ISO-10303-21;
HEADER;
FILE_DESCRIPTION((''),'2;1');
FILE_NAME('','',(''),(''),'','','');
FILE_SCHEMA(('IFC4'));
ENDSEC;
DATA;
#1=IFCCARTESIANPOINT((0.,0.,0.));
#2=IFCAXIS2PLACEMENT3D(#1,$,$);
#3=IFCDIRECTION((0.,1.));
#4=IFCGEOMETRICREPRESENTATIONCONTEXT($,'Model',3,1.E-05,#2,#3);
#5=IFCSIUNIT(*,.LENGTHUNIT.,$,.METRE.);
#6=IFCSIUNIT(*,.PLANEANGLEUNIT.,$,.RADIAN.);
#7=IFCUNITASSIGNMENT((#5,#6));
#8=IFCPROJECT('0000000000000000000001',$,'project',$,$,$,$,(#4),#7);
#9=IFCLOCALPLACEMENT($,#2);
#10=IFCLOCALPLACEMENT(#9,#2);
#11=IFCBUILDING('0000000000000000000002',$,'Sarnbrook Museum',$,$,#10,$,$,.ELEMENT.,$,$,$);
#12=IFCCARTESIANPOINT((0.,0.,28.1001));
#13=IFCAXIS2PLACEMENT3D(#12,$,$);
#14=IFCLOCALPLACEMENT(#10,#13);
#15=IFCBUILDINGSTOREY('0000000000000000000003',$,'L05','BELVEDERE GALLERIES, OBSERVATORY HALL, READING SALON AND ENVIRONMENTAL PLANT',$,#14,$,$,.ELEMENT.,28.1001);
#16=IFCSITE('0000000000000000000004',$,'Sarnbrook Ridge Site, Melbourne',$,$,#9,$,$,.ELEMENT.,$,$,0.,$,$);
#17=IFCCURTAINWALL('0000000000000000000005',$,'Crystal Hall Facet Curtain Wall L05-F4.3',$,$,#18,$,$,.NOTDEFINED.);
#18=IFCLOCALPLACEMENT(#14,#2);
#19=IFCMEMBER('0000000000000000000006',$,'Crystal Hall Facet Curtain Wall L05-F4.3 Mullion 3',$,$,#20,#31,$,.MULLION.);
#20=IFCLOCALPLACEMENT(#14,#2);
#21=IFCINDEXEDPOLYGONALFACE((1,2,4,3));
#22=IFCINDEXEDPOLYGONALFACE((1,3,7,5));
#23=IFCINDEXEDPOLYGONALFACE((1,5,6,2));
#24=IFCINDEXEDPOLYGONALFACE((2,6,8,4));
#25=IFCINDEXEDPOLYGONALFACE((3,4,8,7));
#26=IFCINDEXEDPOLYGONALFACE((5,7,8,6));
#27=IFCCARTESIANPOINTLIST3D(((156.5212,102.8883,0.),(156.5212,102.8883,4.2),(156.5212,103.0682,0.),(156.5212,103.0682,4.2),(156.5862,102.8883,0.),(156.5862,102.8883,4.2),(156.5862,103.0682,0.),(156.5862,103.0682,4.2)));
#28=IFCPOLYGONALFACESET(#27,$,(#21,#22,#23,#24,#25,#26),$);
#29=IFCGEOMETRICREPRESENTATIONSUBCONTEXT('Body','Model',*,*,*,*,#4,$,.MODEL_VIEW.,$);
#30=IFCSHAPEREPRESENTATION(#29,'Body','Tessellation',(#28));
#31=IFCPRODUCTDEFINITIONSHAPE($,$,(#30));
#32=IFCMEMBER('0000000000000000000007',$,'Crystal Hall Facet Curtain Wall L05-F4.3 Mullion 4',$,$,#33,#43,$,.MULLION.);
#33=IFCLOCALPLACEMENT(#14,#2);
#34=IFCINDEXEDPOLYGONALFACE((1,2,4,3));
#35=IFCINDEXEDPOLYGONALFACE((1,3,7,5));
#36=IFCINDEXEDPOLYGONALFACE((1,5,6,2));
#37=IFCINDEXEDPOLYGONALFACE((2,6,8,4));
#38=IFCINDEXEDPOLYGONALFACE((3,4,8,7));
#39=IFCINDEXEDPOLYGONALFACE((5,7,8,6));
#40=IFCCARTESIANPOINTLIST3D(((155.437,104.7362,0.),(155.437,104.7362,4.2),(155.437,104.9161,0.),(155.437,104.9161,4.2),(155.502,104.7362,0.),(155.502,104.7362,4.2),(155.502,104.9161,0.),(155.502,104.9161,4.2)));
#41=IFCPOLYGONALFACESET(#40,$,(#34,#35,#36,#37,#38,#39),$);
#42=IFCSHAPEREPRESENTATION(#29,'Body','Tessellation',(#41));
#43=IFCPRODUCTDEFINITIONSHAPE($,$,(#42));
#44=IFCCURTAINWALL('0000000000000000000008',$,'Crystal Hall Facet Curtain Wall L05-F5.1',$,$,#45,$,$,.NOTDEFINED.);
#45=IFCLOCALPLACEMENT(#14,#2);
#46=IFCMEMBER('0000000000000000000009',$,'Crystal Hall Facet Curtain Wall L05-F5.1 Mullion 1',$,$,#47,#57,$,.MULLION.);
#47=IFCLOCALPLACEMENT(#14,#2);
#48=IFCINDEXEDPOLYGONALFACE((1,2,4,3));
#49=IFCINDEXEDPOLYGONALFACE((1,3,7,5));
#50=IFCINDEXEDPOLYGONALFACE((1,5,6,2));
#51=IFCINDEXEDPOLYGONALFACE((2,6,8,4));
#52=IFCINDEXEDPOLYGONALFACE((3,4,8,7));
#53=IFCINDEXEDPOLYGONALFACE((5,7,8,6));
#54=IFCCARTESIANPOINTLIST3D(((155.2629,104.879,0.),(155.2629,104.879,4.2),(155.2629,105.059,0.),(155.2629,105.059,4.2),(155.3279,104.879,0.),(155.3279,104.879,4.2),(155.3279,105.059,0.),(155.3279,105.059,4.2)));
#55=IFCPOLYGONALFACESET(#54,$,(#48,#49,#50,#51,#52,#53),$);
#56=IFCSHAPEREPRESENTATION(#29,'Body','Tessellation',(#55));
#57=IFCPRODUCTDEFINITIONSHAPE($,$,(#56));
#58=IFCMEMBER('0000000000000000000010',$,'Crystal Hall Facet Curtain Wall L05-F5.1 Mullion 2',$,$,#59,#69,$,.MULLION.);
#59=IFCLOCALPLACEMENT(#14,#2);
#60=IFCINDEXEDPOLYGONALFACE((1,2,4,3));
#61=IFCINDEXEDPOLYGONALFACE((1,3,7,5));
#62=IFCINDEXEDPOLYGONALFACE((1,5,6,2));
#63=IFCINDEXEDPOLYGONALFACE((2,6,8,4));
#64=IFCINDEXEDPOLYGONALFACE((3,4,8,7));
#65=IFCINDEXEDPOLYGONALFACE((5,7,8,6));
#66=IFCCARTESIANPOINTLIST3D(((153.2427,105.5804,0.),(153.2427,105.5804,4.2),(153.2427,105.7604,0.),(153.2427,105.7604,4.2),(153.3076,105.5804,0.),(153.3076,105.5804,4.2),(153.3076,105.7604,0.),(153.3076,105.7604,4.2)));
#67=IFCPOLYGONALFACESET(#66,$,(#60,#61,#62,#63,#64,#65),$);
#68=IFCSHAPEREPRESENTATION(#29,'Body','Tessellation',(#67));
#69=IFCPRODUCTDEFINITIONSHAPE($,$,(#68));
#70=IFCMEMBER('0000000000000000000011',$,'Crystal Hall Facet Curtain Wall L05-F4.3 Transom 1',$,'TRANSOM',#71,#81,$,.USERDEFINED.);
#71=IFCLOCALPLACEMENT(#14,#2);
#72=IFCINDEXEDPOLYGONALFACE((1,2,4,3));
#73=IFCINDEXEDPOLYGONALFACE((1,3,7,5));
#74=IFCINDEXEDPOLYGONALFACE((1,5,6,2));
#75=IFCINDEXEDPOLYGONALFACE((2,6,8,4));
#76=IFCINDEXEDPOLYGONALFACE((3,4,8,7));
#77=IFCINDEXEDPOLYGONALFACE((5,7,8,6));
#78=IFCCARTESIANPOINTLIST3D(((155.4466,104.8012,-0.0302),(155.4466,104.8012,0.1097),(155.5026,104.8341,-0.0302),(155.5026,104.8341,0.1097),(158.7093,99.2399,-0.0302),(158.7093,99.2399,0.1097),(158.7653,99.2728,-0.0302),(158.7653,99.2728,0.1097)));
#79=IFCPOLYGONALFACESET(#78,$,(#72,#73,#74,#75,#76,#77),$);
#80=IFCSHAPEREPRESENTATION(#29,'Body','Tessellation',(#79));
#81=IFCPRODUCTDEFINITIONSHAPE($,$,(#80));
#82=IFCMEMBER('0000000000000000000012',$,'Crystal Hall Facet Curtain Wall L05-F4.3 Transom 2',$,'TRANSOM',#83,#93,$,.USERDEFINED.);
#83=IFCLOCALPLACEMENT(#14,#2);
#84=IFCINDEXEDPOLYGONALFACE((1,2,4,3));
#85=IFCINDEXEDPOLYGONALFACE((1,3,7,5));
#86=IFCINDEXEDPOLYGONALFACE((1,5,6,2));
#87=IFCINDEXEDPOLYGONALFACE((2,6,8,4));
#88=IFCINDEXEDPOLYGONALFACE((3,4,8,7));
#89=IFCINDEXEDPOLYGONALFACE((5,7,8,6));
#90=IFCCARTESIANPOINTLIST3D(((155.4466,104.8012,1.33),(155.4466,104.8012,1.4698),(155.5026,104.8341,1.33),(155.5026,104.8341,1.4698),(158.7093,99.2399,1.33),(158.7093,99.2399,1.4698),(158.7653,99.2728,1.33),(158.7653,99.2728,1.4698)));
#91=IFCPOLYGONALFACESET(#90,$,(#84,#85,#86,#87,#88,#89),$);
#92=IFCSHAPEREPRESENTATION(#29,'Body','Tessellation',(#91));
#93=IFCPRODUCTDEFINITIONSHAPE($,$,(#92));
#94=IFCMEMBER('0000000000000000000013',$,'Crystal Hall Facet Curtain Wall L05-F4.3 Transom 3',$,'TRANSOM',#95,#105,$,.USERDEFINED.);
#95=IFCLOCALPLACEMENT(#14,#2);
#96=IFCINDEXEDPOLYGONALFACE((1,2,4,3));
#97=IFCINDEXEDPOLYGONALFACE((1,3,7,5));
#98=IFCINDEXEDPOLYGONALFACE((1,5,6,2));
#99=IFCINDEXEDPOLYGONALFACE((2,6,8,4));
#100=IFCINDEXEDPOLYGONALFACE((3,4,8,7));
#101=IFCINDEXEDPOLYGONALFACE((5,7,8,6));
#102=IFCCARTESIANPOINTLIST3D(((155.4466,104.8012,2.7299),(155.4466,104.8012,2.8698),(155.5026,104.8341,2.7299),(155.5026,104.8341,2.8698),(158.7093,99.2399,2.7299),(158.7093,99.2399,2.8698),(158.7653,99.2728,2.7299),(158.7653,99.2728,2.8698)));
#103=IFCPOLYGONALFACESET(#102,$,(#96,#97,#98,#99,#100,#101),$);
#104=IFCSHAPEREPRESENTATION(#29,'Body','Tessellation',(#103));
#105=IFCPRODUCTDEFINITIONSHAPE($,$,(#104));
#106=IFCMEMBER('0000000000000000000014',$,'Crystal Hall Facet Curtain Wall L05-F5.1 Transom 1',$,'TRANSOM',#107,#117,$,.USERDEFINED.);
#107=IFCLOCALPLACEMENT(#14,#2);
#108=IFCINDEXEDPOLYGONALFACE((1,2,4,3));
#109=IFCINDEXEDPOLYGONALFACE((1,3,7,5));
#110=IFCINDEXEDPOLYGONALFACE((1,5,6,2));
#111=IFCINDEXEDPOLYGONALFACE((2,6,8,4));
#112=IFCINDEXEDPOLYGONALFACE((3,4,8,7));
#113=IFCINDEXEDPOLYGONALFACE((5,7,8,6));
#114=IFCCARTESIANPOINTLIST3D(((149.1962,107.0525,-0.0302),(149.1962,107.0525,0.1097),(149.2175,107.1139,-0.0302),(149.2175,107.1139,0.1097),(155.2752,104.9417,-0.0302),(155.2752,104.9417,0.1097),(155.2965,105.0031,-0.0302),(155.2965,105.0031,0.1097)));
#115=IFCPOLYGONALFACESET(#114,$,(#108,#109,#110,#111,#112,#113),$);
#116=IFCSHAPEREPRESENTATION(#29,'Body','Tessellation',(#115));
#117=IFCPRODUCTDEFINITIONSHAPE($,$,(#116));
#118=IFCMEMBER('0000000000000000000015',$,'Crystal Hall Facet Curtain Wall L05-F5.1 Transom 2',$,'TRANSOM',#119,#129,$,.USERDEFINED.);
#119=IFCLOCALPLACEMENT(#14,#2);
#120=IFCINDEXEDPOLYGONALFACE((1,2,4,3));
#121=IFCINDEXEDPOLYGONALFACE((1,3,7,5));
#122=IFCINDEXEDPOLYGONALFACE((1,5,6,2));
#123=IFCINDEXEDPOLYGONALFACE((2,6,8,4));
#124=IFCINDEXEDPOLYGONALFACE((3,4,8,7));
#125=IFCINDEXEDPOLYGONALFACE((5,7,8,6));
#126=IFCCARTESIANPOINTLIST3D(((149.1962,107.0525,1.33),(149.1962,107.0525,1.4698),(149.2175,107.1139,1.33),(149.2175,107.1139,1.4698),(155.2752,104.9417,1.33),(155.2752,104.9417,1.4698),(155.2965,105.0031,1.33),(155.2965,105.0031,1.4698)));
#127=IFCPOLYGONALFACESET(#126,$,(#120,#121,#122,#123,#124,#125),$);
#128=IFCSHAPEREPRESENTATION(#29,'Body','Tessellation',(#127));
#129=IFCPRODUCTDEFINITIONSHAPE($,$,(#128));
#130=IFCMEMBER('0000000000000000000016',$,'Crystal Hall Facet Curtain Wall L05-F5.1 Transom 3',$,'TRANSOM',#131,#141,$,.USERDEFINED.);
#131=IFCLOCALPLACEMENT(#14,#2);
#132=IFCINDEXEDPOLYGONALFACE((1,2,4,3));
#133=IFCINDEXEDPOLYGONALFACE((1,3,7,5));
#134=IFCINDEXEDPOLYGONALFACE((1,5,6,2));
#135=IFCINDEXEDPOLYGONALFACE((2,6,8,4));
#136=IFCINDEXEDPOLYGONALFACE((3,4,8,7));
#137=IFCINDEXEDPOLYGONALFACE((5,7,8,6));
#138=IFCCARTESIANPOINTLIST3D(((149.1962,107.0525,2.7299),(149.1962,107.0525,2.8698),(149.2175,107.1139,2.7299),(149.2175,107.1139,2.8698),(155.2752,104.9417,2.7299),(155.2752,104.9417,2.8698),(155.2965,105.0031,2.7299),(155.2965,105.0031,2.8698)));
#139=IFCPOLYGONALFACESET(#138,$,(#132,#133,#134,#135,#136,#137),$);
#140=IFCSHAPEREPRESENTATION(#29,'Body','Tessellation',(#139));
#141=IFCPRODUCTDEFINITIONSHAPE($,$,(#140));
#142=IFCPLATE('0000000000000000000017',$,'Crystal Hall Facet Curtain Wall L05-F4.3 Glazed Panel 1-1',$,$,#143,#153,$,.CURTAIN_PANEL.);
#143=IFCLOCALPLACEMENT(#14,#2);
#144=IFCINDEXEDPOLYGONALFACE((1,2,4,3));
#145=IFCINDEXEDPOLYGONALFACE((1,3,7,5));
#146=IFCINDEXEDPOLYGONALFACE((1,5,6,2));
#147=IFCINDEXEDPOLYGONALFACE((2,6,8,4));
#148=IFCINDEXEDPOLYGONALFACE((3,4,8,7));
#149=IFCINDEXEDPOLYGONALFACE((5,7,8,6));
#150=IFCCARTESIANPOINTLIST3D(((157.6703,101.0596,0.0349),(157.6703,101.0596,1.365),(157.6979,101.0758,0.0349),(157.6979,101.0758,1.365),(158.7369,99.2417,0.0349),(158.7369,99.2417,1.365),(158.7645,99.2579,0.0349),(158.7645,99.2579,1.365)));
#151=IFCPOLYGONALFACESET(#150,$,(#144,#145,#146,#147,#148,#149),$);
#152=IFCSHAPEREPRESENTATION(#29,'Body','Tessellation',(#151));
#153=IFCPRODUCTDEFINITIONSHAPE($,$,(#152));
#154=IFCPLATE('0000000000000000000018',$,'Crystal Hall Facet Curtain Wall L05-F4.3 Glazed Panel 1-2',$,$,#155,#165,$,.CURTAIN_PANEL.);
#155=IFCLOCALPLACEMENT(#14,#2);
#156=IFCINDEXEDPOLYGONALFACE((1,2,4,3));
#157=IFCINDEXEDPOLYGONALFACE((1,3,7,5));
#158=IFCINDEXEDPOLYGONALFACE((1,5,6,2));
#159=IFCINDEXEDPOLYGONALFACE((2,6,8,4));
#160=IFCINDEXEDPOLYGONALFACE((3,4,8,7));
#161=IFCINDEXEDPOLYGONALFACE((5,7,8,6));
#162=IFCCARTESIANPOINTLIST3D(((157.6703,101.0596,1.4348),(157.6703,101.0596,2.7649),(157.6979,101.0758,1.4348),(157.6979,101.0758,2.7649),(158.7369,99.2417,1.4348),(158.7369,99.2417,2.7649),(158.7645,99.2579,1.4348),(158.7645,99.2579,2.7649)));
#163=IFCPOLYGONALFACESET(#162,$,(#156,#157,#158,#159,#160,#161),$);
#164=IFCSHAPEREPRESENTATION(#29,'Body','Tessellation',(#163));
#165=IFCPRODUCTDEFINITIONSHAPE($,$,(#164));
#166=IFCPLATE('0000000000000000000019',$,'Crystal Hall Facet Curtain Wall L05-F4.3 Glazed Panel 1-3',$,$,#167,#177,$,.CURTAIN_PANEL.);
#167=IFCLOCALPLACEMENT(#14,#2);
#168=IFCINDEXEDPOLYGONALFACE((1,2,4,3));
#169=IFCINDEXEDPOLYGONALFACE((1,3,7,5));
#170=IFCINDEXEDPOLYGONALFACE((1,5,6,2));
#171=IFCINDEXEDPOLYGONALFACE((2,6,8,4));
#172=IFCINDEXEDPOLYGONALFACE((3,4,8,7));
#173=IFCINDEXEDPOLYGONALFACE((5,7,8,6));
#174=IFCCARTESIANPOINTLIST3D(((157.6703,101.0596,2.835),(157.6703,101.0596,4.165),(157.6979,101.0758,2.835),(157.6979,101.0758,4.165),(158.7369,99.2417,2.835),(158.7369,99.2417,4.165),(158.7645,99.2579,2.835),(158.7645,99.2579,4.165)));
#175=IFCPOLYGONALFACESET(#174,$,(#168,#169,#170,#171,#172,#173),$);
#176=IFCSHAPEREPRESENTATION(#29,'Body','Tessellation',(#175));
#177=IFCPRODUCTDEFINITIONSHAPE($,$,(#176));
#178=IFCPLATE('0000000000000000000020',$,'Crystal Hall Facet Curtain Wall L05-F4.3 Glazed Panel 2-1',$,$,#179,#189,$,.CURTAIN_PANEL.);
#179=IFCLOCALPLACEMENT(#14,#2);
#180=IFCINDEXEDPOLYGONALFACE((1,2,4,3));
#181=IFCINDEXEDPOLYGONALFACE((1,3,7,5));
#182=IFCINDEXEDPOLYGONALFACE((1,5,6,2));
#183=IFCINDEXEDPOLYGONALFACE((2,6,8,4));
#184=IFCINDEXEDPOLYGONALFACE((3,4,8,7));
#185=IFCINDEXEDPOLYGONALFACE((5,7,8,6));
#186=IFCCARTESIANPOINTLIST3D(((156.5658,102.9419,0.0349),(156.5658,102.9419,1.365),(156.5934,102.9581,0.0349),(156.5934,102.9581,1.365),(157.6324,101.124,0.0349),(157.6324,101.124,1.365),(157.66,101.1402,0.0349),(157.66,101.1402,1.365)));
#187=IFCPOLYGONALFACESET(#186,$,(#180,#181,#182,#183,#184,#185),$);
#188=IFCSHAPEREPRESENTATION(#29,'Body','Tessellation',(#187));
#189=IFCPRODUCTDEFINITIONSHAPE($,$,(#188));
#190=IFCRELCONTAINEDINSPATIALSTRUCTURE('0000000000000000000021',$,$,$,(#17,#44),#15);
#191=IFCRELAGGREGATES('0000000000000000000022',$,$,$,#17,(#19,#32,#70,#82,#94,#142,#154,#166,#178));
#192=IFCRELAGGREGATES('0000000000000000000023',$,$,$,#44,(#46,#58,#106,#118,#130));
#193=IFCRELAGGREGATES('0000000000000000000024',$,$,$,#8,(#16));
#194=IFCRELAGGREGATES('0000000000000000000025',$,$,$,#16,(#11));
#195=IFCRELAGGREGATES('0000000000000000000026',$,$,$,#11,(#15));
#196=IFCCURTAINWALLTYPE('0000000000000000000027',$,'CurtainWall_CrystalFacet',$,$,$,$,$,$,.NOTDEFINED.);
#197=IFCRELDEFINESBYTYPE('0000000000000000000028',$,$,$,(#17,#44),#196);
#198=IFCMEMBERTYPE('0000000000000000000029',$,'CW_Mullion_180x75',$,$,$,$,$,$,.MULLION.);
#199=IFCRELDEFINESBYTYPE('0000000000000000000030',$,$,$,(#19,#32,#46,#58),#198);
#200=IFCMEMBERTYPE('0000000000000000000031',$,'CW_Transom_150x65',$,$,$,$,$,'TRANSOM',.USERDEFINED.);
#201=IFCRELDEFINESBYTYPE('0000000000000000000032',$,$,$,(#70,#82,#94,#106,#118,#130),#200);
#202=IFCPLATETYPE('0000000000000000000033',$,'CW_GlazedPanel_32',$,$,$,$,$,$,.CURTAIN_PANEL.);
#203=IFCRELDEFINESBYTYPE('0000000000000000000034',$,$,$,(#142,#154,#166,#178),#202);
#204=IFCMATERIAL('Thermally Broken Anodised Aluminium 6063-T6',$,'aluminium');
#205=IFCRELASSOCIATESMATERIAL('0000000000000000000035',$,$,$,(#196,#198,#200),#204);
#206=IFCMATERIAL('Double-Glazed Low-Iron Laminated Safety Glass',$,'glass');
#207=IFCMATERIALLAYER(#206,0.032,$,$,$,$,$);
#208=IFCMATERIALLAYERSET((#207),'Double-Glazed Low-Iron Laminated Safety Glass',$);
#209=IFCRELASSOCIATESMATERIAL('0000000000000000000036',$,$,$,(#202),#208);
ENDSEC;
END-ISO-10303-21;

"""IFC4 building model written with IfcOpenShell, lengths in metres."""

from ifc_helpers import new_model, si_unit, direction, frame, origin, origin_2d, place, context, subcontext, project, spatial, rectangle, extrude, material, layer, layer_set, material_profile, profile_set, type_object, element, aggregate, save


model = new_model("IFC4")

# Units and contexts
model_context = context("Model", 3, precision=1e-05, world=origin(), true_north=direction((0.0, 1.0)))
body_context = subcontext(model_context, "Body", "Model", "MODEL_VIEW")
ifc_project = project(units=[si_unit("LENGTHUNIT", "METRE"), si_unit("PLANEANGLEUNIT", "RADIAN")], contexts=[model_context])

# Site, building, storey
site_placement = place(None, origin())
site = spatial("IfcSite", under=ifc_project, at=site_placement, Name="Sarnbrook Ridge Site, Melbourne", CompositionType="ELEMENT", RefElevation=0.0)
building_placement = place(site_placement, origin())
building = spatial("IfcBuilding", under=site, at=building_placement, Name="Sarnbrook Museum", CompositionType="ELEMENT")
storey_placement = place(building_placement, frame((0.0, 0.0, 28.1001)))
storey = spatial("IfcBuildingStorey", under=building, at=storey_placement, Name="L05", Description="BELVEDERE GALLERIES, OBSERVATORY HALL, READING SALON AND ENVIRONMENTAL PLANT", CompositionType="ELEMENT", Elevation=28.1001)

# Curtain walls, members
ifc_material_1 = material(Name="Thermally Broken Anodised Aluminium 6063-T6", Category="aluminium")
curtain_wall_type = type_object("IfcCurtainWallType", Name="CurtainWall_CrystalFacet", PredefinedType="NOTDEFINED", material=ifc_material_1)
curtain_wall_1_placement = place(storey_placement, origin())
curtain_wall_1 = element("IfcCurtainWall", 1, at=curtain_wall_1_placement, inside=storey, type_object=curtain_wall_type, Name="Crystal Hall Facet Curtain Wall L05-F4.3", PredefinedType="NOTDEFINED")
ifc_material_profile_1 = material_profile(ifc_material_1, rectangle(XDim=0.0649, YDim=0.1799, at=origin_2d()), Name="ALU MULLION 65x180")
ifc_profile_set_1 = profile_set([ifc_material_profile_1], Name="Thermally Broken Anodised Aluminium 6063-T6")
member_type_1 = type_object("IfcMemberType", Name="CW_Mullion_180x75", PredefinedType="MULLION", material=ifc_profile_set_1)
member_1_placement = place(storey_placement, frame((156.5537, 102.9783, 0.0), z_axis=(0.0, 0.0, 1.0), x_axis=(1.0, 0.0, 0.0)))
member_1 = element("IfcMember", 2, at=member_1_placement, type_object=member_type_1, Name="Crystal Hall Facet Curtain Wall L05-F4.3 Mullion 3", PredefinedType="MULLION", context=body_context, shape_type="SweptSolid", body=[
    extrude(rectangle(XDim=0.0649, YDim=0.1799, at=origin_2d()), origin(), (0.0, 0.0, 1.0), 4.2),
])
member_2_placement = place(storey_placement, frame((155.4695, 104.8262, 0.0), z_axis=(0.0, 0.0, 1.0), x_axis=(1.0, 0.0, 0.0)))
member_2 = element("IfcMember", 3, at=member_2_placement, type_object=member_type_1, Name="Crystal Hall Facet Curtain Wall L05-F4.3 Mullion 4", PredefinedType="MULLION", context=body_context, shape_type="SweptSolid", body=[
    extrude(rectangle(XDim=0.0649, YDim=0.1799, at=origin_2d()), origin(), (0.0, 0.0, 1.0), 4.2),
])
curtain_wall_2_placement = place(storey_placement, origin())
curtain_wall_2 = element("IfcCurtainWall", 4, at=curtain_wall_2_placement, inside=storey, type_object=curtain_wall_type, Name="Crystal Hall Facet Curtain Wall L05-F5.1", PredefinedType="NOTDEFINED")
member_3_placement = place(storey_placement, frame((155.2954, 104.969, 0.0), z_axis=(0.0, 0.0, 1.0), x_axis=(1.0, 0.0, 0.0)))
member_3 = element("IfcMember", 5, at=member_3_placement, type_object=member_type_1, Name="Crystal Hall Facet Curtain Wall L05-F5.1 Mullion 1", PredefinedType="MULLION", context=body_context, shape_type="SweptSolid", body=[
    extrude(rectangle(XDim=0.0649, YDim=0.1799, at=origin_2d()), origin(), (0.0, 0.0, 1.0), 4.2),
])
member_4_placement = place(storey_placement, frame((153.2751, 105.6704, 0.0), z_axis=(0.0, 0.0, 1.0), x_axis=(1.0, 0.0, 0.0)))
member_4 = element("IfcMember", 6, at=member_4_placement, type_object=member_type_1, Name="Crystal Hall Facet Curtain Wall L05-F5.1 Mullion 2", PredefinedType="MULLION", context=body_context, shape_type="SweptSolid", body=[
    extrude(rectangle(XDim=0.0649, YDim=0.1799, at=origin_2d()), origin(), (0.0, 0.0, 1.0), 4.2),
])

# Members
ifc_material_profile_2 = material_profile(ifc_material_1, rectangle(XDim=0.0649, YDim=0.1399, at=origin_2d()), Name="ALU TRANSOM 65x140")
ifc_profile_set_2 = profile_set([ifc_material_profile_2], Name="Thermally Broken Anodised Aluminium 6063-T6")
member_type_2 = type_object("IfcMemberType", Name="CW_Transom_150x65", ElementType="TRANSOM", PredefinedType="USERDEFINED", material=ifc_profile_set_2)
member_5_placement = place(storey_placement, frame((158.7373, 99.2563, 0.0398), z_axis=(-0.506024, 0.86252, 0.0), x_axis=(-0.86252, -0.506024, 0.0)))
member_5 = element("IfcMember", 7, at=member_5_placement, type_object=member_type_2, Name="Crystal Hall Facet Curtain Wall L05-F4.3 Transom 1", ObjectType="TRANSOM", PredefinedType="USERDEFINED", context=body_context, shape_type="SweptSolid", body=[
    extrude(rectangle(XDim=0.0649, YDim=0.1399, at=origin_2d()), origin(), (0.0, 0.0, 1.0), 6.4478),
])
member_6_placement = place(storey_placement, frame((158.7373, 99.2563, 1.3999), z_axis=(-0.506024, 0.86252, 0.0), x_axis=(-0.86252, -0.506024, 0.0)))
member_6 = element("IfcMember", 8, at=member_6_placement, type_object=member_type_2, Name="Crystal Hall Facet Curtain Wall L05-F4.3 Transom 2", ObjectType="TRANSOM", PredefinedType="USERDEFINED", context=body_context, shape_type="SweptSolid", body=[
    extrude(rectangle(XDim=0.0649, YDim=0.1399, at=origin_2d()), origin(), (0.0, 0.0, 1.0), 6.4478),
])
member_7_placement = place(storey_placement, frame((158.7373, 99.2563, 2.7998), z_axis=(-0.506024, 0.86252, 0.0), x_axis=(-0.86252, -0.506024, 0.0)))
member_7 = element("IfcMember", 9, at=member_7_placement, type_object=member_type_2, Name="Crystal Hall Facet Curtain Wall L05-F4.3 Transom 3", ObjectType="TRANSOM", PredefinedType="USERDEFINED", context=body_context, shape_type="SweptSolid", body=[
    extrude(rectangle(XDim=0.0649, YDim=0.1399, at=origin_2d()), origin(), (0.0, 0.0, 1.0), 6.4478),
])
member_8_placement = place(storey_placement, frame((155.2859, 104.9724, 0.0398), z_axis=(-0.944672, 0.328017, 0.0), x_axis=(-0.328017, -0.944672, 0.0)))
member_8 = element("IfcMember", 10, at=member_8_placement, type_object=member_type_2, Name="Crystal Hall Facet Curtain Wall L05-F5.1 Transom 1", ObjectType="TRANSOM", PredefinedType="USERDEFINED", context=body_context, shape_type="SweptSolid", body=[
    extrude(rectangle(XDim=0.0649, YDim=0.1399, at=origin_2d()), origin(), (0.0, 0.0, 1.0), 6.4351),
])
member_9_placement = place(storey_placement, frame((155.2859, 104.9724, 1.3999), z_axis=(-0.944672, 0.328017, 0.0), x_axis=(-0.328017, -0.944672, 0.0)))
member_9 = element("IfcMember", 11, at=member_9_placement, type_object=member_type_2, Name="Crystal Hall Facet Curtain Wall L05-F5.1 Transom 2", ObjectType="TRANSOM", PredefinedType="USERDEFINED", context=body_context, shape_type="SweptSolid", body=[
    extrude(rectangle(XDim=0.0649, YDim=0.1399, at=origin_2d()), origin(), (0.0, 0.0, 1.0), 6.4351),
])
member_10_placement = place(storey_placement, frame((155.2859, 104.9724, 2.7998), z_axis=(-0.944672, 0.328017, 0.0), x_axis=(-0.328017, -0.944672, 0.0)))
member_10 = element("IfcMember", 12, at=member_10_placement, type_object=member_type_2, Name="Crystal Hall Facet Curtain Wall L05-F5.1 Transom 3", ObjectType="TRANSOM", PredefinedType="USERDEFINED", context=body_context, shape_type="SweptSolid", body=[
    extrude(rectangle(XDim=0.0649, YDim=0.1399, at=origin_2d()), origin(), (0.0, 0.0, 1.0), 6.4351),
])

# Plates
ifc_material_2 = material(Name="Double-Glazed Low-Iron Laminated Safety Glass", Category="glass")
ifc_layer = layer(ifc_material_2, 0.032)
ifc_layer_set = layer_set([ifc_layer], Name="Double-Glazed Low-Iron Laminated Safety Glass")
plate_type = type_object("IfcPlateType", Name="CW_GlazedPanel_32", PredefinedType="CURTAIN_PANEL", material=ifc_layer_set)
plate_1_placement = place(storey_placement, frame((158.2036, 100.1506, 0.7), z_axis=(0.8625, 0.506057, 0.0), x_axis=(-0.506057, 0.8625, 0.0)))
plate_1 = element("IfcPlate", 13, at=plate_1_placement, type_object=plate_type, Name="Crystal Hall Facet Curtain Wall L05-F4.3 Glazed Panel 1-1", PredefinedType="CURTAIN_PANEL", context=body_context, shape_type="SweptSolid", body=[
    extrude(rectangle(XDim=2.1077, YDim=1.3301, at=origin_2d()), origin(), (0.0, 0.0, 1.0), 0.032),
])
plate_2_placement = place(storey_placement, frame((158.2036, 100.1506, 2.0999), z_axis=(0.8625, 0.506057, 0.0), x_axis=(-0.506057, 0.8625, 0.0)))
plate_2 = element("IfcPlate", 14, at=plate_2_placement, type_object=plate_type, Name="Crystal Hall Facet Curtain Wall L05-F4.3 Glazed Panel 1-2", PredefinedType="CURTAIN_PANEL", context=body_context, shape_type="SweptSolid", body=[
    extrude(rectangle(XDim=2.1077, YDim=1.3301, at=origin_2d()), origin(), (0.0, 0.0, 1.0), 0.032),
])
plate_3_placement = place(storey_placement, frame((158.2036, 100.1506, 3.5), z_axis=(0.8625, 0.506057, 0.0), x_axis=(-0.506057, 0.8625, 0.0)))
plate_3 = element("IfcPlate", 15, at=plate_3_placement, type_object=plate_type, Name="Crystal Hall Facet Curtain Wall L05-F4.3 Glazed Panel 1-3", PredefinedType="CURTAIN_PANEL", context=body_context, shape_type="SweptSolid", body=[
    extrude(rectangle(XDim=2.1077, YDim=1.3301, at=origin_2d()), origin(), (0.0, 0.0, 1.0), 0.032),
])
plate_4_placement = place(storey_placement, frame((157.0991, 102.033, 0.7), z_axis=(0.8625, 0.506057, 0.0), x_axis=(-0.506057, 0.8625, 0.0)))
plate_4 = element("IfcPlate", 16, at=plate_4_placement, type_object=plate_type, Name="Crystal Hall Facet Curtain Wall L05-F4.3 Glazed Panel 2-1", PredefinedType="CURTAIN_PANEL", context=body_context, shape_type="SweptSolid", body=[
    extrude(rectangle(XDim=2.1077, YDim=1.3301, at=origin_2d()), origin(), (0.0, 0.0, 1.0), 0.032),
])
aggregate(curtain_wall_1, [member_1, member_2, member_5, member_6, member_7, plate_1, plate_2, plate_3, plate_4])
aggregate(curtain_wall_2, [member_3, member_4, member_8, member_9, member_10])

save(model, "model.ifc")
